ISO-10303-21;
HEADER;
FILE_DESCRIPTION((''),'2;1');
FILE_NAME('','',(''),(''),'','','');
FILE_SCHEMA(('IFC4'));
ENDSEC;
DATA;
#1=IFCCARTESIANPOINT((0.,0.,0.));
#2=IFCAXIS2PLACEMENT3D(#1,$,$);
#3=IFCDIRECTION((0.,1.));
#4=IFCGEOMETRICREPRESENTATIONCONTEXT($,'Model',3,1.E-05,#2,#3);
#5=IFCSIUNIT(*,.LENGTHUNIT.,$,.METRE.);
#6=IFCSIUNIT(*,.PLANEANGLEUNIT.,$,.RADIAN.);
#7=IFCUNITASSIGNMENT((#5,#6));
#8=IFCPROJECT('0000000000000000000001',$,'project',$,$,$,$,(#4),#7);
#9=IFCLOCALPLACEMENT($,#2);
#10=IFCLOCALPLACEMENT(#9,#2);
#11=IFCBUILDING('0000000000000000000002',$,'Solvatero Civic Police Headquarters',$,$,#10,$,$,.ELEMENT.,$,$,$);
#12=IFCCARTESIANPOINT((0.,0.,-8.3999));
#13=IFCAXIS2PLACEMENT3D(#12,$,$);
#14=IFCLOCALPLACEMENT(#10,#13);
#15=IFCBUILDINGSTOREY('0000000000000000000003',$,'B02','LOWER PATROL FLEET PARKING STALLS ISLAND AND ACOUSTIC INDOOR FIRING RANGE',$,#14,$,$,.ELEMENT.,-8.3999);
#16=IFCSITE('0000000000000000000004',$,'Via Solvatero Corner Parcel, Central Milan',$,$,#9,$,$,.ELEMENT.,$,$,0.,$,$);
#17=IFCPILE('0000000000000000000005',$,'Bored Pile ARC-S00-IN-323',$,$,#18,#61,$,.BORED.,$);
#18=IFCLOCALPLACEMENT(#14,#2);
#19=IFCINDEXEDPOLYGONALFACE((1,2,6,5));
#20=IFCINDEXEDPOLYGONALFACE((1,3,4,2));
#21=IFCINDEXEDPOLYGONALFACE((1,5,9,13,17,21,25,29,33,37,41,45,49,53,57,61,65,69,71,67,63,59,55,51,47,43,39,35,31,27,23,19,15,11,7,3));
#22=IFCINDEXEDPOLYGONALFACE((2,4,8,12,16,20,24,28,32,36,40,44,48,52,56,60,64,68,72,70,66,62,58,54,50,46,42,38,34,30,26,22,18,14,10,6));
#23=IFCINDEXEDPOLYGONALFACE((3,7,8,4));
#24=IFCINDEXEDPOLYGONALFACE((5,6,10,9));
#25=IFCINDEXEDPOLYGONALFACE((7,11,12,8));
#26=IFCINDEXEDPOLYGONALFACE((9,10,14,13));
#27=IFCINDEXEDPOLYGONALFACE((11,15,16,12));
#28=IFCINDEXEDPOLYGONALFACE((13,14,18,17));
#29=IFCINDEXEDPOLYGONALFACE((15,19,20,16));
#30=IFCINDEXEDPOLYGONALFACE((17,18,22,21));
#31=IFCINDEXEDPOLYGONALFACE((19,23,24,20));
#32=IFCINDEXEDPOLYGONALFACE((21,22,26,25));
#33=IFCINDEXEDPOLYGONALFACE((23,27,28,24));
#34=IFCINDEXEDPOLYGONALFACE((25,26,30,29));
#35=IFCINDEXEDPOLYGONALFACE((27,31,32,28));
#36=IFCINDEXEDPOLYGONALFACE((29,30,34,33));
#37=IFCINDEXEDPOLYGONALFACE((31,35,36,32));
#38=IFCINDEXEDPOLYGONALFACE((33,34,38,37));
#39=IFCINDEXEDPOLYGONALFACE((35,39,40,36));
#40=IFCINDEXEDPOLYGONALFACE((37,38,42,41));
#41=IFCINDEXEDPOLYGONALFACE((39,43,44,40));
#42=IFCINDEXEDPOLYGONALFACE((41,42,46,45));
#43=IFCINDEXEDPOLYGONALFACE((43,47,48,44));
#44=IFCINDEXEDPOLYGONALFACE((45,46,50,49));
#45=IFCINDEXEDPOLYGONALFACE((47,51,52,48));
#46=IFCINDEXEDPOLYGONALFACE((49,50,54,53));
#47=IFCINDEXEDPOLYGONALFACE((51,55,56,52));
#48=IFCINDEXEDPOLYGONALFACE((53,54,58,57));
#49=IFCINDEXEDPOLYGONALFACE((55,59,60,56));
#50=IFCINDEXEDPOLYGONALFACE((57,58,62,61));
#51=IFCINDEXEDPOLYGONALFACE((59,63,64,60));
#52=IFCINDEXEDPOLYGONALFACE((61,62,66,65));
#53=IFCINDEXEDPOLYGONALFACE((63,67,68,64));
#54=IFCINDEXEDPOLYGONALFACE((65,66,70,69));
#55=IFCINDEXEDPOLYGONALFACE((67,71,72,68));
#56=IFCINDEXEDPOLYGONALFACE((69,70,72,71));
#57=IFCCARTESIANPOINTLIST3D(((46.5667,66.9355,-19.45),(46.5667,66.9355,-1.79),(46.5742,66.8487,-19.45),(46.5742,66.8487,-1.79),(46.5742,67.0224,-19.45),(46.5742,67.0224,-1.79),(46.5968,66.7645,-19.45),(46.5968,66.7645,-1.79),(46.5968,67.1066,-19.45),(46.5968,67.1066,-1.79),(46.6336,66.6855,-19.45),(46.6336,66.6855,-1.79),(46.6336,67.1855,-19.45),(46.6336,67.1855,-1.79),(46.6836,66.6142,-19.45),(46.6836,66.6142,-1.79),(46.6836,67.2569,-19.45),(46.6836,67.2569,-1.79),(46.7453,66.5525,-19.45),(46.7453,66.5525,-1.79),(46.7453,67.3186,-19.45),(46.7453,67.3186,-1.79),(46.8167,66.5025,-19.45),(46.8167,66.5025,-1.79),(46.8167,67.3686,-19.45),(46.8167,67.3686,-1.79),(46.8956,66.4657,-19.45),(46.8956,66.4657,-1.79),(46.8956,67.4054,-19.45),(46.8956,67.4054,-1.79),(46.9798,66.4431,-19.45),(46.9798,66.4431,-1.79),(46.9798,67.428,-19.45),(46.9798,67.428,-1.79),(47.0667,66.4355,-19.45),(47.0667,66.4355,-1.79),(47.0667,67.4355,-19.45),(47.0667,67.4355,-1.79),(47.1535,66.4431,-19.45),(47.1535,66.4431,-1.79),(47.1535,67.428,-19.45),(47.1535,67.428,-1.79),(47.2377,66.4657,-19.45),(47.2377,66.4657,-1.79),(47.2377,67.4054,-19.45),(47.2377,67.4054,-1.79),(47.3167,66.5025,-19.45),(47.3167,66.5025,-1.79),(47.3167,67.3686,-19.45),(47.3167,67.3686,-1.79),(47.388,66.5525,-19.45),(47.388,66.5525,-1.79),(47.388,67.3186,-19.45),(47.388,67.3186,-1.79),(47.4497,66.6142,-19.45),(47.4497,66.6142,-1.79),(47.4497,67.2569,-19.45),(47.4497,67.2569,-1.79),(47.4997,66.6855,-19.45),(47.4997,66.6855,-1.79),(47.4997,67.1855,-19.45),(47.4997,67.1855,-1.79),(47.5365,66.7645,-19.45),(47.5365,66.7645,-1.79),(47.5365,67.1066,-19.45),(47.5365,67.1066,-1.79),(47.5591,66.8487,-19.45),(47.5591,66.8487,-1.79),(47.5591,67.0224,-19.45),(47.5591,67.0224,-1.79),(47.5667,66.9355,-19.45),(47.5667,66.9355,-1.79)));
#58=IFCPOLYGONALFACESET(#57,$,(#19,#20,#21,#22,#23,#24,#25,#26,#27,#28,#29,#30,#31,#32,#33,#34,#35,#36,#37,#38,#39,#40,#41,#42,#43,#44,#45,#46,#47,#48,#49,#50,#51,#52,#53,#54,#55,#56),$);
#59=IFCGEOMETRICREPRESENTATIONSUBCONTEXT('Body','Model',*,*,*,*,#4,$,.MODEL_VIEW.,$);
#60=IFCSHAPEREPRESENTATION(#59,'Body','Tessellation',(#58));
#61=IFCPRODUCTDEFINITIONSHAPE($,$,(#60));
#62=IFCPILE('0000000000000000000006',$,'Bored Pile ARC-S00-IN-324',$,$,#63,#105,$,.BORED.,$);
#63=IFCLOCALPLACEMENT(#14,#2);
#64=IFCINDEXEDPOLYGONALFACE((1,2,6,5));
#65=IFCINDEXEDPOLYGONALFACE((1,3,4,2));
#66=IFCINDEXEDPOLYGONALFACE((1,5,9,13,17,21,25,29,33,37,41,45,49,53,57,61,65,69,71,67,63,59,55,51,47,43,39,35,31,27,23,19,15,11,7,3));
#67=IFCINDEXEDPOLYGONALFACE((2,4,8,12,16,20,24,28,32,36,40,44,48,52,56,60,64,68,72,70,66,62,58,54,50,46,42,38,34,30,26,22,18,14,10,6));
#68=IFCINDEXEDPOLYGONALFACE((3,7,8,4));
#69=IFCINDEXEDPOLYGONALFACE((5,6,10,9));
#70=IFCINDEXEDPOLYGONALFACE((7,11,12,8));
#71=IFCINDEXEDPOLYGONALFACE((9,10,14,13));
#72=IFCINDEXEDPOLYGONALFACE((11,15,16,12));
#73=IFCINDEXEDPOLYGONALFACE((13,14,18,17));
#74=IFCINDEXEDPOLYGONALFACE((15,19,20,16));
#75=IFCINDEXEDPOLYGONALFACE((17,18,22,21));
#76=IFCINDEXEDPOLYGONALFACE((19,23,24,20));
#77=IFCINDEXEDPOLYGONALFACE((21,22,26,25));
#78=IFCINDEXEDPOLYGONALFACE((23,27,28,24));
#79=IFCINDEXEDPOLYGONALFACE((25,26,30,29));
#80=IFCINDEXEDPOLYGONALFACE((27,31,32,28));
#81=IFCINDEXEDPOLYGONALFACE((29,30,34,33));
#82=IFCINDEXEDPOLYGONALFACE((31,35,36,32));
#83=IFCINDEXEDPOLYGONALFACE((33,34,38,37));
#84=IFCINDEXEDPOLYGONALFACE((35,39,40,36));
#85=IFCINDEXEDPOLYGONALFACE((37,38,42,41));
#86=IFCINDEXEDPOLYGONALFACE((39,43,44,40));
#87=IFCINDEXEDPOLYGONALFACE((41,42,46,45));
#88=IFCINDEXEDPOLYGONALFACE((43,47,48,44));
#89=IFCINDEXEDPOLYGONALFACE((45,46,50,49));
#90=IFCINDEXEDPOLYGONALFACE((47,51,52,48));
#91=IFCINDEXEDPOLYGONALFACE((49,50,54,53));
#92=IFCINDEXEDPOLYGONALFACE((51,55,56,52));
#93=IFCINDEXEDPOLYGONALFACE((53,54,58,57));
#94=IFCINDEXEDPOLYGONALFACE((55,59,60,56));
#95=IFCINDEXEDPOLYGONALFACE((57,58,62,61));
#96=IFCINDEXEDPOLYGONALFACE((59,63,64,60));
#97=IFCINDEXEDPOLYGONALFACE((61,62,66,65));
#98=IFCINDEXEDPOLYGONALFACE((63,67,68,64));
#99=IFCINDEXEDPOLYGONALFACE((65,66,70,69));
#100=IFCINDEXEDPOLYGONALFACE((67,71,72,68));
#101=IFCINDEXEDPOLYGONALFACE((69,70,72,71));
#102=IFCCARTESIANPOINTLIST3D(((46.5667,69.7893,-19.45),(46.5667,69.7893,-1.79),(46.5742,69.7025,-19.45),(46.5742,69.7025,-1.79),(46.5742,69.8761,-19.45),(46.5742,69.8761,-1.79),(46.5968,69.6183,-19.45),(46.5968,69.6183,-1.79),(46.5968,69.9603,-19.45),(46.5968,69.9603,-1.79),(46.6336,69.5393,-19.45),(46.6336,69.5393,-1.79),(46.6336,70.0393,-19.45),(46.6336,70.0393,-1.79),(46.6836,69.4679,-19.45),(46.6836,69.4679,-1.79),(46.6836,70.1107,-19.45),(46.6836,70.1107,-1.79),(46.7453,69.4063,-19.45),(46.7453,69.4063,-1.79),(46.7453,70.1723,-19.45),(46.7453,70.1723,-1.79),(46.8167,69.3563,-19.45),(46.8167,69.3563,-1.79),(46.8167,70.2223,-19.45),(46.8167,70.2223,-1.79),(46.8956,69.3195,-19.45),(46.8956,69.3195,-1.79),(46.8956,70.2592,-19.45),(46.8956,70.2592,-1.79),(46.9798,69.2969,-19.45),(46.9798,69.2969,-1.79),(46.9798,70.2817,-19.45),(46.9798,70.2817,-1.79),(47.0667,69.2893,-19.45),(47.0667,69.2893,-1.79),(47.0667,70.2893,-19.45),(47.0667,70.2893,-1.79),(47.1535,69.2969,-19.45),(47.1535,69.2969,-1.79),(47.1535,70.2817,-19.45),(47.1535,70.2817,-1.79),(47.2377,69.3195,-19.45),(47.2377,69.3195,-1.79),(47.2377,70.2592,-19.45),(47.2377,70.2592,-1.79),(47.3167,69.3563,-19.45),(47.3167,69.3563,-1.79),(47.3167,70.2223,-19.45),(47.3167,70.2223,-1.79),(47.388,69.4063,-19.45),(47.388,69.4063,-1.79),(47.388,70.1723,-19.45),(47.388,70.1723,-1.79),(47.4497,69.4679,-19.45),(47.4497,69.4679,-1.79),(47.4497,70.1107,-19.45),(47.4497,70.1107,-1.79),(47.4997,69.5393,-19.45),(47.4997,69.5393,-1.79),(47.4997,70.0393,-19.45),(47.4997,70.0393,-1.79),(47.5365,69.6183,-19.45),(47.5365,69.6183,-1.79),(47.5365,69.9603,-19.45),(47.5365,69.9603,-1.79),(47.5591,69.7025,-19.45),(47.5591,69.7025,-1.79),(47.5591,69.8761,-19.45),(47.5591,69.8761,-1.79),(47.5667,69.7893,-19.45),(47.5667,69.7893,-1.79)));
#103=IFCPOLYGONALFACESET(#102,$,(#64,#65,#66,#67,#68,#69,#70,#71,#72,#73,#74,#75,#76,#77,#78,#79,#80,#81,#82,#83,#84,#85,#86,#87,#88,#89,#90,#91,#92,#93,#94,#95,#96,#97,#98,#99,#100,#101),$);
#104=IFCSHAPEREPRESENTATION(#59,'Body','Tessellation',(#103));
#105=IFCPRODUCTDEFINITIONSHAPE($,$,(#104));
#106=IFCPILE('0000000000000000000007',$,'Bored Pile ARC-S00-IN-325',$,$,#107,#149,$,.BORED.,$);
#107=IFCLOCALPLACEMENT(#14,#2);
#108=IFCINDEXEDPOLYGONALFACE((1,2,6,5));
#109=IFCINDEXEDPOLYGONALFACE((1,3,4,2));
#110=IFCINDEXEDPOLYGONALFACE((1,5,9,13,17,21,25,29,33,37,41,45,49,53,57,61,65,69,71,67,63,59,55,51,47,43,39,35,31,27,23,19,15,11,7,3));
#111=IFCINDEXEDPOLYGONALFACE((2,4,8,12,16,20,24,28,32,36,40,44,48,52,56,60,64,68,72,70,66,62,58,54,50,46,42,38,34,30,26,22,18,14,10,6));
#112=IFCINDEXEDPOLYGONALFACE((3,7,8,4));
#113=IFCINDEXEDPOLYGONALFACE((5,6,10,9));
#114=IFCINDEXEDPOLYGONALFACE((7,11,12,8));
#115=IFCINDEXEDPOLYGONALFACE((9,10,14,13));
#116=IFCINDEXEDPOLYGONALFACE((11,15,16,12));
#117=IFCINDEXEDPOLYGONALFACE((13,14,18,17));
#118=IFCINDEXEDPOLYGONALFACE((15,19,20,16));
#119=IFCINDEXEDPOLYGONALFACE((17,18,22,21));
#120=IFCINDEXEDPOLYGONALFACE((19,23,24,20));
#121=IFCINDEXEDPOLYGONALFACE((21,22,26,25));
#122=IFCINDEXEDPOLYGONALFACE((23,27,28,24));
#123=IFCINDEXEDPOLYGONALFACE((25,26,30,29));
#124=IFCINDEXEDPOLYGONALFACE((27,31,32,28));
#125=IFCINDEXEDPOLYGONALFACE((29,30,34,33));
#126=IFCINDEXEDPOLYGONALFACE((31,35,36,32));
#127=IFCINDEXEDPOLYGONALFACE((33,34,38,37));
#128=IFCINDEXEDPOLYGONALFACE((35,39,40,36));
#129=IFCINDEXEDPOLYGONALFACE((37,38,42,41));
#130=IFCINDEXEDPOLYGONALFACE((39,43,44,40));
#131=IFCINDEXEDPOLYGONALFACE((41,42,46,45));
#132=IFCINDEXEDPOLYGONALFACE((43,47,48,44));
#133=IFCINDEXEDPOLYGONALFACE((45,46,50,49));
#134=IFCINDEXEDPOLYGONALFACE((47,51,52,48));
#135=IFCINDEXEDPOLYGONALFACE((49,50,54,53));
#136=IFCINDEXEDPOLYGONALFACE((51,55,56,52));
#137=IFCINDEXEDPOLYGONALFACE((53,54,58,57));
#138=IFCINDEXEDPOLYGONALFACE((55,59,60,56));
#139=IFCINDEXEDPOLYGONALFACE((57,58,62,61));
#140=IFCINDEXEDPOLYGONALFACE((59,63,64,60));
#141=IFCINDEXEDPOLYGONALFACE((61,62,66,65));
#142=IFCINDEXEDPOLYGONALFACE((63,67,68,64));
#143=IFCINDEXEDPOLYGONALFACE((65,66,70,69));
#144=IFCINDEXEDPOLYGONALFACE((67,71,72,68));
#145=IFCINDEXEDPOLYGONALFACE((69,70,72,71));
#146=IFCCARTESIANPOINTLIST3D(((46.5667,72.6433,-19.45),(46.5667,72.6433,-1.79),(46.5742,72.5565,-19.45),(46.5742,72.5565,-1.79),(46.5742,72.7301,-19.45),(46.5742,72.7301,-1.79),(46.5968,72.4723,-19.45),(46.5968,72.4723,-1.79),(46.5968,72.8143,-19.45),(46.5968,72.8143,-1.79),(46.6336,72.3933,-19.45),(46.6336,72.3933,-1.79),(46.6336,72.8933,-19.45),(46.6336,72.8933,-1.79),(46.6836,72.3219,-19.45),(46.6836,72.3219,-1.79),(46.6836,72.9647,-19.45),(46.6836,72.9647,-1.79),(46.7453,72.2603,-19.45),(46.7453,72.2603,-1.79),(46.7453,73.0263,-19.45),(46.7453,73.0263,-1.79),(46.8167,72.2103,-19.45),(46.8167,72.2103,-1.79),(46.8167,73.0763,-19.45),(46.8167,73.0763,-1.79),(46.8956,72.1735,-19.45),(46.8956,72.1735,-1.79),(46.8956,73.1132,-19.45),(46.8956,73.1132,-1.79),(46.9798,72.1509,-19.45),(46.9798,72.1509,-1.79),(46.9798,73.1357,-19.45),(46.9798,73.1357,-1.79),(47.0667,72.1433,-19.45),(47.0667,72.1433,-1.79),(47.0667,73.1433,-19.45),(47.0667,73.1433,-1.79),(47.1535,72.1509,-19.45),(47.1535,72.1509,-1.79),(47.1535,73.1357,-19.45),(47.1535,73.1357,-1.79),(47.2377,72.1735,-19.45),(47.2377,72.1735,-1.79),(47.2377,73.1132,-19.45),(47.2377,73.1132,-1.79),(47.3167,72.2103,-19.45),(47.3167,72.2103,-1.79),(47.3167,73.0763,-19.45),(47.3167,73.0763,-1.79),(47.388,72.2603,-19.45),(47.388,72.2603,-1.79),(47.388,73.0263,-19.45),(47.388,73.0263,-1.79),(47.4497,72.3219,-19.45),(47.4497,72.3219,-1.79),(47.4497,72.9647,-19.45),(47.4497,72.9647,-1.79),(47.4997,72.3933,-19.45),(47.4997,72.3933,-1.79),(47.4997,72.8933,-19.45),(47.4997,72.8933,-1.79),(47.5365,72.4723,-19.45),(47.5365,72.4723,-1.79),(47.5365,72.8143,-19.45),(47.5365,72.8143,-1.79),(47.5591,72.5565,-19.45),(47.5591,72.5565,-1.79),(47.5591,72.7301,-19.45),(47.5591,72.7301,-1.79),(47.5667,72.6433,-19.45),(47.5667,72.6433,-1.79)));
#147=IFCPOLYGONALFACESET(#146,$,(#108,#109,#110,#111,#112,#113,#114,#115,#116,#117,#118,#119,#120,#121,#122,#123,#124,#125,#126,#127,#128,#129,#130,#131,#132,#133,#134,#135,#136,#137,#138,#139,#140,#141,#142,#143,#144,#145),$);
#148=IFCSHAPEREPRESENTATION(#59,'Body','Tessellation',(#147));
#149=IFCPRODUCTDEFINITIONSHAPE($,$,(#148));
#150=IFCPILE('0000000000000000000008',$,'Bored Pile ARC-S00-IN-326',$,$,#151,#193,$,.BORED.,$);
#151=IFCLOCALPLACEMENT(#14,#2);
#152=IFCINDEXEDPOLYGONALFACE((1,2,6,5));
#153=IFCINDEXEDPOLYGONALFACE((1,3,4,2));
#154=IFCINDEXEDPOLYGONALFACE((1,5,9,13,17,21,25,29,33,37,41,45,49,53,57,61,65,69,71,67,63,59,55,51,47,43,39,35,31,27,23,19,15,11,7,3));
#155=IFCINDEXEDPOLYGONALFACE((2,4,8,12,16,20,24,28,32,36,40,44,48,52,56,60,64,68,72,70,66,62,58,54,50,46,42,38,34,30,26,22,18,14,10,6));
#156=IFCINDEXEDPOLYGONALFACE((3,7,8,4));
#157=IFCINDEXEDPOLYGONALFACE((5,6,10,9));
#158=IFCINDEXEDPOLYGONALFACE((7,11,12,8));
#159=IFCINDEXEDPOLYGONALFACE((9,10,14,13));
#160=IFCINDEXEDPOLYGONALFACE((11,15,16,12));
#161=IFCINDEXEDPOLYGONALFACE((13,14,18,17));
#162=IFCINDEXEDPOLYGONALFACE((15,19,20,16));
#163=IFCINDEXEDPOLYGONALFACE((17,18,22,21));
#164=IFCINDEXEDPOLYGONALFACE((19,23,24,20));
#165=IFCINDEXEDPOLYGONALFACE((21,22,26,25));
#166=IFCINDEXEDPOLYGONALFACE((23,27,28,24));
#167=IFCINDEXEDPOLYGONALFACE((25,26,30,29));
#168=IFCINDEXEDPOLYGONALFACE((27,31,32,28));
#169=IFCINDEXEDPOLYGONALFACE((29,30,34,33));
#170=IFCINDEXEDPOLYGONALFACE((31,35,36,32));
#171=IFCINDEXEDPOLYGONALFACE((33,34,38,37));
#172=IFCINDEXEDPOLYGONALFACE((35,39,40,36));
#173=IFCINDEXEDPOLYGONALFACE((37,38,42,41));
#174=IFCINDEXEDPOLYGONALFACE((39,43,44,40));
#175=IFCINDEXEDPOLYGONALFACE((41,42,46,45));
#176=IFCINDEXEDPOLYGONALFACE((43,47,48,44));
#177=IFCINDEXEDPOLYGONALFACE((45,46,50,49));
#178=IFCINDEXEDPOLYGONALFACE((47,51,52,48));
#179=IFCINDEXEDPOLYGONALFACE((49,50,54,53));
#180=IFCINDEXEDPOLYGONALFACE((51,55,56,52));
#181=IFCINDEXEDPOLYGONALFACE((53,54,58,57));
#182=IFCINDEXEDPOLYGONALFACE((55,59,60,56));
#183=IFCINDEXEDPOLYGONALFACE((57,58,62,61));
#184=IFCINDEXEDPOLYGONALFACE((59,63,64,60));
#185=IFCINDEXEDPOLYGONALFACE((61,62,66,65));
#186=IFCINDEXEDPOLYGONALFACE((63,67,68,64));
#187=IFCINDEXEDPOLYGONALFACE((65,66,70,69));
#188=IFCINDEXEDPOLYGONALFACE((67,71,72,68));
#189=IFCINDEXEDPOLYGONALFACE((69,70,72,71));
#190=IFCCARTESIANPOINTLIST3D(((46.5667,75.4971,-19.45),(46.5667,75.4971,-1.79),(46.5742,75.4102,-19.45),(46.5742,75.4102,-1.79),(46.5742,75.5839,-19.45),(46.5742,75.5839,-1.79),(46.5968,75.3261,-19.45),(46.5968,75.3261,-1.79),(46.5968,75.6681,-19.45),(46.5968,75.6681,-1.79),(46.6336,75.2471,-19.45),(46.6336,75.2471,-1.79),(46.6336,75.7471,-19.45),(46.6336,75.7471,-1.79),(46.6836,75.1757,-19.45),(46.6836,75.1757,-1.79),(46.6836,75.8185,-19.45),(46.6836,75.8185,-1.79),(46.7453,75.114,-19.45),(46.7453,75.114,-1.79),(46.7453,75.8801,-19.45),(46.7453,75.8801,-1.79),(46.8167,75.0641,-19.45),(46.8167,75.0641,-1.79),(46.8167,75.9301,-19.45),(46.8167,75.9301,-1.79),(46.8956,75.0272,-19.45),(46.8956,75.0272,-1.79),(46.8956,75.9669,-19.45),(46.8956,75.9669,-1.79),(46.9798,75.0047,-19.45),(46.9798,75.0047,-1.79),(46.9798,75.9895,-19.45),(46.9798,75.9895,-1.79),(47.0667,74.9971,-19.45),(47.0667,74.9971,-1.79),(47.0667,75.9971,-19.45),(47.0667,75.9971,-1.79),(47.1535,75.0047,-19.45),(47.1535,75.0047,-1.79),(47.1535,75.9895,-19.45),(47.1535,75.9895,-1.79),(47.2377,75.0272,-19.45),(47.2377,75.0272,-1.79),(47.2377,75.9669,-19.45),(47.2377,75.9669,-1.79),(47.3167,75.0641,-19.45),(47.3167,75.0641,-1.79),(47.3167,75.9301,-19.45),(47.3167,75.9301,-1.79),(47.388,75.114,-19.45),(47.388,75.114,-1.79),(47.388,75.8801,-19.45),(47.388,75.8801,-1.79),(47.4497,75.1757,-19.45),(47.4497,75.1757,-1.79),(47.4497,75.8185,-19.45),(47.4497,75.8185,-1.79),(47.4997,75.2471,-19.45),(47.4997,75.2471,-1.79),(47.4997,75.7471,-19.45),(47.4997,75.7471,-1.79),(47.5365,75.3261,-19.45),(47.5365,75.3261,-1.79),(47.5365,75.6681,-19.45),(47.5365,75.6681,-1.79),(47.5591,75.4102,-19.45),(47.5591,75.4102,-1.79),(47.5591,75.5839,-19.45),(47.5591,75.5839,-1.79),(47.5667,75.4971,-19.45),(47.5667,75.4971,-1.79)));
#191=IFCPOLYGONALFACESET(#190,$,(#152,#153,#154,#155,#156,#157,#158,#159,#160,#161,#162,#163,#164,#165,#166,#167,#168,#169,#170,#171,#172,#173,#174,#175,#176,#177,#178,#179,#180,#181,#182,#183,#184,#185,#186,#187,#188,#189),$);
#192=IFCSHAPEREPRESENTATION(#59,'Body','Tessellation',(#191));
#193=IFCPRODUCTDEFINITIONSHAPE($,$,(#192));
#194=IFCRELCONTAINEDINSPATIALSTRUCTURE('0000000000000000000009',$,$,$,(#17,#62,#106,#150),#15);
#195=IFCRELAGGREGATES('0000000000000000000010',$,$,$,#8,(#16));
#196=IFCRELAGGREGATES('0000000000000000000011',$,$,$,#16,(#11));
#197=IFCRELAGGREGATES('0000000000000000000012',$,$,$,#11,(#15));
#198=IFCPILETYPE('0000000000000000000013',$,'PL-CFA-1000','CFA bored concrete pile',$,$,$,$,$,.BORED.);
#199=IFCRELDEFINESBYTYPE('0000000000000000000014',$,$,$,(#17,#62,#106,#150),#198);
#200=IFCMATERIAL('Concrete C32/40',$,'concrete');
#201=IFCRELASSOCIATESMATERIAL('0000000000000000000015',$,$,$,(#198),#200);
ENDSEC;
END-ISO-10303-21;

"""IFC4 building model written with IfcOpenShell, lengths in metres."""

from ifc_helpers import new_model, si_unit, direction, frame, origin, origin_2d, place, context, subcontext, project, spatial, circle, extrude, material, material_profile, profile_set, type_object, element, save


model = new_model("IFC4")

# Units and contexts
model_context = context("Model", 3, precision=1e-05, world=origin(), true_north=direction((0.0, 1.0)))
body_context = subcontext(model_context, "Body", "Model", "MODEL_VIEW")
ifc_project = project(units=[si_unit("LENGTHUNIT", "METRE"), si_unit("PLANEANGLEUNIT", "RADIAN")], contexts=[model_context])

# Site, building, storey
site_placement = place(None, origin())
site = spatial("IfcSite", under=ifc_project, at=site_placement, Name="Via Solvatero Corner Parcel, Central Milan", CompositionType="ELEMENT", RefElevation=0.0)
building_placement = place(site_placement, origin())
building = spatial("IfcBuilding", under=site, at=building_placement, Name="Solvatero Civic Police Headquarters", CompositionType="ELEMENT")
storey_placement = place(building_placement, frame((0.0, 0.0, -8.3999)))
storey = spatial("IfcBuildingStorey", under=building, at=storey_placement, Name="B02", Description="LOWER PATROL FLEET PARKING STALLS ISLAND AND ACOUSTIC INDOOR FIRING RANGE", CompositionType="ELEMENT", Elevation=-8.3999)

# Piles
ifc_material_1 = material(Name="Concrete C32/40", Category="concrete")
ifc_material_profile_1 = material_profile(ifc_material_1, circle(Radius=0.5, at=origin_2d()), Name="CFA PILE D1000")
ifc_profile_set_1 = profile_set([ifc_material_profile_1], Name="Concrete C32/40")
pile_type = type_object("IfcPileType", Name="PL-CFA-1000", Description="CFA bored concrete pile", PredefinedType="BORED", material=ifc_profile_set_1)
for number, where, z_axis, x_axis, name in (
    (1, (47.0667, 66.9355, -1.79), (0.0, 0.0, -1.0), (1.0, 0.0, 0.0), "Bored Pile ARC-S00-IN-323"),
    (2, (47.0667, 69.7893, -1.79), (0.0, 0.0, -1.0), (1.0, 0.0, 0.0), "Bored Pile ARC-S00-IN-324"),
    (3, (47.0667, 72.6433, -1.79), (0.0, 0.0, -1.0), (1.0, 0.0, 0.0), "Bored Pile ARC-S00-IN-325"),
    (4, (47.0667, 75.4971, -1.79), (0.0, 0.0, -1.0), (1.0, 0.0, 0.0), "Bored Pile ARC-S00-IN-326"),
):
    element("IfcPile", number, at=place(storey_placement, frame(where, z_axis=z_axis, x_axis=x_axis)), inside=storey, type_object=pile_type, Name=name, PredefinedType="BORED", context=body_context, shape_type="SweptSolid", body=[
        extrude(circle(Radius=0.5, at=origin_2d()), origin(), (0.0, 0.0, 1.0), 17.6599),
    ])

save(model, "model.ifc")
